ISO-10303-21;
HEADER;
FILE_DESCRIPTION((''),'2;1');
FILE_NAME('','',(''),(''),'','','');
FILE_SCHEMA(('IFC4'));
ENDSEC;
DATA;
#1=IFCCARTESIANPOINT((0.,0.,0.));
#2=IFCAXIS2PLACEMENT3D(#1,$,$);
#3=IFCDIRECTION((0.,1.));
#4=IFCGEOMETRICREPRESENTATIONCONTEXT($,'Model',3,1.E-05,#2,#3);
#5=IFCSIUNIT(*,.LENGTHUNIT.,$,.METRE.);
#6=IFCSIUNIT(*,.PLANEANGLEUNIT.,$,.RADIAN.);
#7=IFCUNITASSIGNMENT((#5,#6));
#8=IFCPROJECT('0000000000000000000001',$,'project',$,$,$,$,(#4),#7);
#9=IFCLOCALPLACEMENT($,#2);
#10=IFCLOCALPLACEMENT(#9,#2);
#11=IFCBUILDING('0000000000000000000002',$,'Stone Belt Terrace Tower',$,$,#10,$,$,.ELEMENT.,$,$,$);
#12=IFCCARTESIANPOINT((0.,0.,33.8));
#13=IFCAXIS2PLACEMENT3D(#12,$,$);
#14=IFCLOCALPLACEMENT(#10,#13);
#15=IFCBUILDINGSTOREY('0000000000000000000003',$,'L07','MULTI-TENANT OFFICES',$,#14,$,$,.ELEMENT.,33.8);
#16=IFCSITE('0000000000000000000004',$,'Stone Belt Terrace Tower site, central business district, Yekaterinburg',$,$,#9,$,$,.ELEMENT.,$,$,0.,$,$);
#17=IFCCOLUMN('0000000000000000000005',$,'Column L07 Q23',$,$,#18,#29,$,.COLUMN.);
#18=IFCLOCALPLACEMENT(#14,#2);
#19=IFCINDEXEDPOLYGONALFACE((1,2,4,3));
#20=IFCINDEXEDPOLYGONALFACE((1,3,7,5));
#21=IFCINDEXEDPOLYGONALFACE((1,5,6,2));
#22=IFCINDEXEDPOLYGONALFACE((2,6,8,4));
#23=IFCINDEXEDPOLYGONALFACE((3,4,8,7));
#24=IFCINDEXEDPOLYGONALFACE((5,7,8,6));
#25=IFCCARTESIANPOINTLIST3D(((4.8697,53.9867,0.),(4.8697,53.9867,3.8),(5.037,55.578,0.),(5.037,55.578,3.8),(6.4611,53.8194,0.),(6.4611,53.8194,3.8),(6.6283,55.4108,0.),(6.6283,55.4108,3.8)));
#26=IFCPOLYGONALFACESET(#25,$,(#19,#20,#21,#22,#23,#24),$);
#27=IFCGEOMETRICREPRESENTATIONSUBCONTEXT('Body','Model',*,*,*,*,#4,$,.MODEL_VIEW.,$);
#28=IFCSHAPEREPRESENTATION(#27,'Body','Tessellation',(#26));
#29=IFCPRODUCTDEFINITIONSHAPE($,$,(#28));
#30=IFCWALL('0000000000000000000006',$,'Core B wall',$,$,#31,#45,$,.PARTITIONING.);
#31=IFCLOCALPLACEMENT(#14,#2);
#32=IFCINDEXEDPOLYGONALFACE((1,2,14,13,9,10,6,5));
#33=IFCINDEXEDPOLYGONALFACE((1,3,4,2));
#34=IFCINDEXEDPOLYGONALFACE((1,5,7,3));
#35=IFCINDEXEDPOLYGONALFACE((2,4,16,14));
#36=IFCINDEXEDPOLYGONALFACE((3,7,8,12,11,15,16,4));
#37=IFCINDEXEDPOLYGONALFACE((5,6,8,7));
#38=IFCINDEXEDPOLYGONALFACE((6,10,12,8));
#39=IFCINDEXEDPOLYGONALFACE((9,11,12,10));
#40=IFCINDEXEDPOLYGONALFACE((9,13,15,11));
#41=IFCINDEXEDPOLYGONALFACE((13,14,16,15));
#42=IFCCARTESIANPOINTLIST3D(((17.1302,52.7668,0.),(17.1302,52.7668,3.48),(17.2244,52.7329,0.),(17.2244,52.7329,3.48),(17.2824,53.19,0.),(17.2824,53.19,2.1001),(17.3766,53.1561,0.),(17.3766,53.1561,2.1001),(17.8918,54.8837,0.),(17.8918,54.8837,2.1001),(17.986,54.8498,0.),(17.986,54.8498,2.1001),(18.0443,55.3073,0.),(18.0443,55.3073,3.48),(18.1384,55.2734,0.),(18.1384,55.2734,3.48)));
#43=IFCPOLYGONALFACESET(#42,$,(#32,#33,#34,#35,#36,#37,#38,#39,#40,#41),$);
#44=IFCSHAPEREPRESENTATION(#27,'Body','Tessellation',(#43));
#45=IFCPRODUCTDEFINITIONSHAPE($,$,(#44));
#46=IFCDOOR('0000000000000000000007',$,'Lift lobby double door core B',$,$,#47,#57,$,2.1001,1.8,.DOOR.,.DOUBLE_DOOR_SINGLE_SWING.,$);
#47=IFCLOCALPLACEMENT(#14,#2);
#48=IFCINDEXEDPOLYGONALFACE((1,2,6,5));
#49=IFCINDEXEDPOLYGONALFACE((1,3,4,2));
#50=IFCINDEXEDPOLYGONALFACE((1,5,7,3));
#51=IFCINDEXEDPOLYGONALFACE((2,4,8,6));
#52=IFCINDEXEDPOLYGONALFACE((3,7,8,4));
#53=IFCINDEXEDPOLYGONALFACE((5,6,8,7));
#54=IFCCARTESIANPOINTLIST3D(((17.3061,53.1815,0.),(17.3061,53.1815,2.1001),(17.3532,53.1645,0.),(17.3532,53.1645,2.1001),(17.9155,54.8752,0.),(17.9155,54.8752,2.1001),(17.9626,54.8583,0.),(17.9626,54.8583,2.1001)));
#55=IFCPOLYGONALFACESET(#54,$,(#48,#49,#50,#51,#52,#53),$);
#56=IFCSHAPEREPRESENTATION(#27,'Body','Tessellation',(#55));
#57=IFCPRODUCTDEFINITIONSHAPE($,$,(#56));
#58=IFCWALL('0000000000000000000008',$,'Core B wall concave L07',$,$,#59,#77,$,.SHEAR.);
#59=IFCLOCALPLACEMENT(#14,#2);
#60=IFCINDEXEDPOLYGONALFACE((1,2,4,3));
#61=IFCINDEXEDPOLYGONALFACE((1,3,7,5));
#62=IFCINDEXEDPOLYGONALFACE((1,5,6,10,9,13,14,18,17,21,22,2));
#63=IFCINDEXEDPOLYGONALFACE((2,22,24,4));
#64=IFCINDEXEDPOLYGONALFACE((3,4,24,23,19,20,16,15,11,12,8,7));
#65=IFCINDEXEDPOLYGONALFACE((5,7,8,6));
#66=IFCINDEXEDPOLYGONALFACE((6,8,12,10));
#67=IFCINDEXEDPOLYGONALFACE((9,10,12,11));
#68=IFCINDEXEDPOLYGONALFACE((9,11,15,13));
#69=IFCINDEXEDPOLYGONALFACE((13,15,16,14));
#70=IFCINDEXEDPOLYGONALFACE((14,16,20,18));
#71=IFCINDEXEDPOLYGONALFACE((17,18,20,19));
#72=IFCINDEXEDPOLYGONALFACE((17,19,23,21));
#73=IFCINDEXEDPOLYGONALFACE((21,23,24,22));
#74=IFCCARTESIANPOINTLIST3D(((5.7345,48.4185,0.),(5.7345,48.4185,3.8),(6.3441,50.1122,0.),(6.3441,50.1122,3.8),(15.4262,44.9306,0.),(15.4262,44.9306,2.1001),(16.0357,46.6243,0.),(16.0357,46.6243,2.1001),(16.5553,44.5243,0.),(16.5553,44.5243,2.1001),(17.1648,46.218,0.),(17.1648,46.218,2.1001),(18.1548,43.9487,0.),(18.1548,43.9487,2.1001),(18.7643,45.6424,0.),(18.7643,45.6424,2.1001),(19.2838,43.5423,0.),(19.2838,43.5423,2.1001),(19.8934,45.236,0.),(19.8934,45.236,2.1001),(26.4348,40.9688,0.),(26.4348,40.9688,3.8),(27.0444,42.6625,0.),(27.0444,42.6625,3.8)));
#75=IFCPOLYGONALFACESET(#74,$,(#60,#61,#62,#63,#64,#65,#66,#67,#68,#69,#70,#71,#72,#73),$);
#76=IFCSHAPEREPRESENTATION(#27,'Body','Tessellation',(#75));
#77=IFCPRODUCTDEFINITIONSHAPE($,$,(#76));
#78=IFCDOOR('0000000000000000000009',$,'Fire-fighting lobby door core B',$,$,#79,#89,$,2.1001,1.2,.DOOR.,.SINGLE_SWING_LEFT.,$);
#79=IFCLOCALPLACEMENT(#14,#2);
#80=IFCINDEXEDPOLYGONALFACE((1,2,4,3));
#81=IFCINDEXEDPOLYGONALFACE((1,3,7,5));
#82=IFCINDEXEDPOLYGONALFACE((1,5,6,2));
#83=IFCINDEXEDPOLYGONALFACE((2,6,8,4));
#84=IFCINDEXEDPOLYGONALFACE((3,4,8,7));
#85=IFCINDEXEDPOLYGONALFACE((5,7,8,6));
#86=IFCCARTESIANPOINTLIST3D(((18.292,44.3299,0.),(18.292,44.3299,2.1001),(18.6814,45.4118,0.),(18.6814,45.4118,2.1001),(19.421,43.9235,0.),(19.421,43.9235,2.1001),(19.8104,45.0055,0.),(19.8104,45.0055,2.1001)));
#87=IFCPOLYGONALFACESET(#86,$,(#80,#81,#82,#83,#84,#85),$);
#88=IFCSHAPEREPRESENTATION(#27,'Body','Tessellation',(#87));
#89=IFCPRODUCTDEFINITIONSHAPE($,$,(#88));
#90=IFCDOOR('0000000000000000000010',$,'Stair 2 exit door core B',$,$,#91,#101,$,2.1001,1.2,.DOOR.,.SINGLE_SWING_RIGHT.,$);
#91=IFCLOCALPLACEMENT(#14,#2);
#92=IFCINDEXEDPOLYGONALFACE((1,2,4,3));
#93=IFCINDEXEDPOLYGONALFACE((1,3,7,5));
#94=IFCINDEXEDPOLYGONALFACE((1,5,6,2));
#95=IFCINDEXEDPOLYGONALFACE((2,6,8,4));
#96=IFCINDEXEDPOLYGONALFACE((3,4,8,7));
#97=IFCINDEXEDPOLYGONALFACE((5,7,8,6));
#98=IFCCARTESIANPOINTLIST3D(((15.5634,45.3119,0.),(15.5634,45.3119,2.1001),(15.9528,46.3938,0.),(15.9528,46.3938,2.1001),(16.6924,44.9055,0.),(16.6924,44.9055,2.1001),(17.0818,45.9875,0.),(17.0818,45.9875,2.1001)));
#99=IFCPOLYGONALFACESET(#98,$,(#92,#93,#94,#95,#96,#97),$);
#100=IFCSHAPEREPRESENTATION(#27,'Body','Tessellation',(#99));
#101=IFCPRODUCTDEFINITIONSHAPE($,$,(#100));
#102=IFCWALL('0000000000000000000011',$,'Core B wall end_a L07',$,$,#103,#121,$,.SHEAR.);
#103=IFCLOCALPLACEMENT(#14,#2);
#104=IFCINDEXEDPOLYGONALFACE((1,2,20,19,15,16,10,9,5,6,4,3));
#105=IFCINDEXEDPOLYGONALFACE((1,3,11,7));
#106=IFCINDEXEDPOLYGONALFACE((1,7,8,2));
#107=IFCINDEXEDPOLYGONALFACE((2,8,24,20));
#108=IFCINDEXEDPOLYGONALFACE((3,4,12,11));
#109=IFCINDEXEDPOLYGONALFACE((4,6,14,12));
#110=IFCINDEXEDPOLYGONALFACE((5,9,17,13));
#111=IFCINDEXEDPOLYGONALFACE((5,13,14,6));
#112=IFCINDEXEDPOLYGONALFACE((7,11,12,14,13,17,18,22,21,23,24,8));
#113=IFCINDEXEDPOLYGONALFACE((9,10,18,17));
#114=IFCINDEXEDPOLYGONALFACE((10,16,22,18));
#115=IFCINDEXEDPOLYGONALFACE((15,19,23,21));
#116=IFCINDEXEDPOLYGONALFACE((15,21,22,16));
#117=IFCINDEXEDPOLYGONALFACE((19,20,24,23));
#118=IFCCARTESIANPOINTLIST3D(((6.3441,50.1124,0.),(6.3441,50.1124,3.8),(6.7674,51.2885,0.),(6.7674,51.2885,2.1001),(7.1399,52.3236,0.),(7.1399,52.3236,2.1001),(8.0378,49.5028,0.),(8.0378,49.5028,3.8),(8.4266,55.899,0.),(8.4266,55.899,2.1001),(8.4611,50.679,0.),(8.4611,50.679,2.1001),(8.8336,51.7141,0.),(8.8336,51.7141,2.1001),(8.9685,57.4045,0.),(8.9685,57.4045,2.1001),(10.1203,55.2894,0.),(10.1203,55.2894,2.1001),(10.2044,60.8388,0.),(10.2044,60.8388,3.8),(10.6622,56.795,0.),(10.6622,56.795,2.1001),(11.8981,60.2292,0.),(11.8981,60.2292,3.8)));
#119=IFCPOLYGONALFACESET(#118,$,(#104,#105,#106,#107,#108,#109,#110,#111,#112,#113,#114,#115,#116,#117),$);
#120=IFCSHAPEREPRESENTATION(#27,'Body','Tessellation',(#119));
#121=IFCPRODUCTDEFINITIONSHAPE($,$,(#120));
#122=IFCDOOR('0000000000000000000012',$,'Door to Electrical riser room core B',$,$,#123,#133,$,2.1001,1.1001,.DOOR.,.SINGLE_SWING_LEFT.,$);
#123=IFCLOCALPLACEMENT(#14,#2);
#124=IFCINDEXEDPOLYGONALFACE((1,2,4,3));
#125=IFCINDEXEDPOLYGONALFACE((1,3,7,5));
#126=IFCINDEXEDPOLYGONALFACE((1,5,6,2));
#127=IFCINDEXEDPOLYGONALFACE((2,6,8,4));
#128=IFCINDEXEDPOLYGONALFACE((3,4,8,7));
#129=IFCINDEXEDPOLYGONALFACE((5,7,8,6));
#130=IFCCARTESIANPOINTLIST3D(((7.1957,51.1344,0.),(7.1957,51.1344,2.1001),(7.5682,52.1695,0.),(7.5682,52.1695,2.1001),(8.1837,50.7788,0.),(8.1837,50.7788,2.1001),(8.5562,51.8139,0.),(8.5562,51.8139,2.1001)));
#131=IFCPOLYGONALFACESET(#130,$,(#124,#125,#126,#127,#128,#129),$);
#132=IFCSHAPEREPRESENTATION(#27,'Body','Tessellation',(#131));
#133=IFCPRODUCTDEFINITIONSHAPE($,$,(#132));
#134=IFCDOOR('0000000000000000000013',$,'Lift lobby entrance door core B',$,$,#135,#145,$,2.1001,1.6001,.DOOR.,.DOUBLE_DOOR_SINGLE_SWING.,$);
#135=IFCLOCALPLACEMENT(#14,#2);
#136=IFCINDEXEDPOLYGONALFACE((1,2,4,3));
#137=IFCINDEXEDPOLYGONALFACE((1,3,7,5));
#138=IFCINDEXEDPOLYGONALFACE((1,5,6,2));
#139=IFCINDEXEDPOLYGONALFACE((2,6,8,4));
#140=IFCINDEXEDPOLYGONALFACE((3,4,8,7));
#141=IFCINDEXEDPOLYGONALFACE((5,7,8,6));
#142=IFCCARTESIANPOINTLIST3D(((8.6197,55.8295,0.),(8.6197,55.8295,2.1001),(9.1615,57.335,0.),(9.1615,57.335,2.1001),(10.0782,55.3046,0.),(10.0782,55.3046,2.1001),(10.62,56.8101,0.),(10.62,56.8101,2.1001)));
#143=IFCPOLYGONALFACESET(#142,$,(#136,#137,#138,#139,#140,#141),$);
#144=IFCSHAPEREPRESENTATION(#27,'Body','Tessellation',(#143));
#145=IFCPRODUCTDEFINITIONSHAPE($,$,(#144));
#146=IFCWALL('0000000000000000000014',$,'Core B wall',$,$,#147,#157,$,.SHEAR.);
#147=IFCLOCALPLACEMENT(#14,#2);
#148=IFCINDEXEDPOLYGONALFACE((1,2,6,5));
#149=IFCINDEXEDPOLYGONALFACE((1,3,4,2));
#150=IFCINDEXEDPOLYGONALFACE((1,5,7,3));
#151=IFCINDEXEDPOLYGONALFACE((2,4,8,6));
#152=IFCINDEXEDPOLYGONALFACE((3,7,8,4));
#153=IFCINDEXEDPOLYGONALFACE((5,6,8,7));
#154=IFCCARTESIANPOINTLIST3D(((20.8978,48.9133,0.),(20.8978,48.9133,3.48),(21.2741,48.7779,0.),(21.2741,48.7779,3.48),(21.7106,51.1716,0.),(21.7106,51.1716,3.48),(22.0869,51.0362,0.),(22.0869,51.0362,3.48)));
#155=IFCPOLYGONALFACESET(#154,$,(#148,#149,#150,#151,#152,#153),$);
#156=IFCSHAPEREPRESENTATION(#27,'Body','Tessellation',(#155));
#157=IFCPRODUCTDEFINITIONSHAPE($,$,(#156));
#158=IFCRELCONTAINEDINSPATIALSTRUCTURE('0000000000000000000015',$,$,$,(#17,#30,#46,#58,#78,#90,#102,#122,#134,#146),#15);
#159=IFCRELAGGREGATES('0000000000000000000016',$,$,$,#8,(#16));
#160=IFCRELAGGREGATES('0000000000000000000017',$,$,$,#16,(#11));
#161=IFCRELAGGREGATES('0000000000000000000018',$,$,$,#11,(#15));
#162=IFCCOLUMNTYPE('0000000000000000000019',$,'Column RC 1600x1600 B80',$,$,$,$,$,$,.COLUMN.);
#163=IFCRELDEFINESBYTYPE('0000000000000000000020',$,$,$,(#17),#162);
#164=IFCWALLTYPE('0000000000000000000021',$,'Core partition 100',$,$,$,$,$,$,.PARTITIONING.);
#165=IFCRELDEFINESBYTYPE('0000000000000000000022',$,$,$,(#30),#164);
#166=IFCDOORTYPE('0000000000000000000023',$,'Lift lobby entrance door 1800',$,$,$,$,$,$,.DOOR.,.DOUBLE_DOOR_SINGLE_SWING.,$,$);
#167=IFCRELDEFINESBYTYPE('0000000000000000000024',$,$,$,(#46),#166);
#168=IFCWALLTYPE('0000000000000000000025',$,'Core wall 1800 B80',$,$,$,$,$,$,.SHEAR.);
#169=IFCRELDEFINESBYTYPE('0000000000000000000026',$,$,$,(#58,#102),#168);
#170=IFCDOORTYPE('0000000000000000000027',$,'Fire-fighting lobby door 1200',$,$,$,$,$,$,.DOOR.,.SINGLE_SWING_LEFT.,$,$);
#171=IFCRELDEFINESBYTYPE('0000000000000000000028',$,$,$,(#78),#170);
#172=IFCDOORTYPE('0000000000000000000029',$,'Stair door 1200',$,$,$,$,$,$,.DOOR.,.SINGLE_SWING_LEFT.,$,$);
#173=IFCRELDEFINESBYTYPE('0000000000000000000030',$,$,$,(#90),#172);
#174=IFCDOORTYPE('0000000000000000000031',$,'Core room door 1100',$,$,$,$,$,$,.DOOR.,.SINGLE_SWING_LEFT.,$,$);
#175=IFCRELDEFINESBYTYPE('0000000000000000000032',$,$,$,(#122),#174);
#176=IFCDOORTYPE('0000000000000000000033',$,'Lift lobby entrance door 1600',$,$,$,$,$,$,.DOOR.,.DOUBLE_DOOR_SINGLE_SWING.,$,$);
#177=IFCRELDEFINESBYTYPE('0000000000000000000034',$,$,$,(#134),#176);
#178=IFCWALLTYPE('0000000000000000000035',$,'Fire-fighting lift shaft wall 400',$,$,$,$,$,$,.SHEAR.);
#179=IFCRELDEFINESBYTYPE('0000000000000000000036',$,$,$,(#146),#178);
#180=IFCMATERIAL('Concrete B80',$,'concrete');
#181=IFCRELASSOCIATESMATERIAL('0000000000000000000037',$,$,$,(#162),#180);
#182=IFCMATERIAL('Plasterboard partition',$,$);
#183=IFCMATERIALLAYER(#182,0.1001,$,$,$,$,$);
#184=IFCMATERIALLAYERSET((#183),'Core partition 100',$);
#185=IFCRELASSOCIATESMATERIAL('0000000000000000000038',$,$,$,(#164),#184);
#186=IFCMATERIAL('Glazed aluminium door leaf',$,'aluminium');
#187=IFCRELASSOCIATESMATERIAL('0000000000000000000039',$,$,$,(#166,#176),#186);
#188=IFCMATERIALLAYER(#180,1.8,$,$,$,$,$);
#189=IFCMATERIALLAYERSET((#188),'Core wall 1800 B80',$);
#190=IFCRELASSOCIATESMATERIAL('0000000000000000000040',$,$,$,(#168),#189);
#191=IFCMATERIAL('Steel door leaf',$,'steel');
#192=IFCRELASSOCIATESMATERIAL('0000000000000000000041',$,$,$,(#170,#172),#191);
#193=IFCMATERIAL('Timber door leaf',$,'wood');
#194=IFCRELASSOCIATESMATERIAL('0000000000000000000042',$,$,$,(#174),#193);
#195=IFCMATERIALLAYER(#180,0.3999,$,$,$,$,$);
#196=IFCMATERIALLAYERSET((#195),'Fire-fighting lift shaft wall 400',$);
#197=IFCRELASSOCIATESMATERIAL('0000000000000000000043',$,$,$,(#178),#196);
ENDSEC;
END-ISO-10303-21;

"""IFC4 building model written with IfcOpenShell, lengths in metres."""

from ifc_helpers import new_model, si_unit, direction, frame, frame_2d, origin, origin_2d, place, context, subcontext, project, spatial, rectangle, extrude, material, layer, layer_set, material_profile, profile_set, type_object, element, fill, save


model = new_model("IFC4")

# Units and contexts
model_context = context("Model", 3, precision=1e-05, world=origin(), true_north=direction((0.0, 1.0)))
body_context = subcontext(model_context, "Body", "Model", "MODEL_VIEW")
ifc_project = project(units=[si_unit("LENGTHUNIT", "METRE"), si_unit("PLANEANGLEUNIT", "RADIAN")], contexts=[model_context])

# Site, building, storey
site_placement = place(None, origin())
site = spatial("IfcSite", under=ifc_project, at=site_placement, Name="Stone Belt Terrace Tower site, central business district, Yekaterinburg", CompositionType="ELEMENT", RefElevation=0.0)
building_placement = place(site_placement, origin())
building = spatial("IfcBuilding", under=site, at=building_placement, Name="Stone Belt Terrace Tower", CompositionType="ELEMENT")
storey_placement = place(building_placement, frame((0.0, 0.0, 33.8)))
storey = spatial("IfcBuildingStorey", under=building, at=storey_placement, Name="L07", Description="MULTI-TENANT OFFICES", CompositionType="ELEMENT", Elevation=33.8)

# Column
ifc_material_1 = material(Name="Concrete B80", Category="concrete")
ifc_material_profile = material_profile(ifc_material_1, rectangle(XDim=1.6001, YDim=1.6001, at=origin_2d()), Name="RC 1600x1600")
ifc_profile_set = profile_set([ifc_material_profile], Name="Concrete B80")
column_type = type_object("IfcColumnType", Name="Column RC 1600x1600 B80", PredefinedType="COLUMN", material=ifc_profile_set)
column_placement = place(storey_placement, frame((5.749, 54.6987, 0.0), z_axis=(0.0, 0.0, 1.0), x_axis=(0.994522, -0.104528, 0.0)))
element("IfcColumn", 1, at=column_placement, inside=storey, type_object=column_type, Name="Column L07 Q23", PredefinedType="COLUMN", context=body_context, shape_type="SweptSolid", body=[
    extrude(rectangle(XDim=1.6001, YDim=1.6001, at=origin_2d()), origin(), (0.0, 0.0, 1.0), 3.8),
])

# Wall, opening, door
ifc_material_2 = material(Name="Plasterboard partition")
ifc_layer_1 = layer(ifc_material_2, 0.1001)
ifc_layer_set_1 = layer_set([ifc_layer_1], Name="Core partition 100")
wall_type_1 = type_object("IfcWallType", Name="Core partition 100", PredefinedType="PARTITIONING", material=ifc_layer_set_1)
wall_1_placement = place(storey_placement, frame((17.1772, 52.7498, 0.0), z_axis=(0.0, 0.0, 1.0), x_axis=(0.338547, 0.94095, 0.0)))
wall_1 = element("IfcWall", 2, at=wall_1_placement, inside=storey, type_object=wall_type_1, Name="Core B wall", PredefinedType="PARTITIONING", context=body_context, shape_type="SweptSolid", body=[
    extrude(rectangle(XDim=2.7, YDim=0.1001, at=frame_2d((1.3501, 0.0))), origin(), (0.0, 0.0, 1.0), 3.48),
])
opening_1_placement = place(wall_1_placement, frame((0.45, 0.0, 0.0)))
opening_1 = element("IfcOpeningElement", 3, at=opening_1_placement, cuts=wall_1, PredefinedType="OPENING", context=body_context, shape_type="SweptSolid", body=[
    extrude(rectangle(XDim=1.8, YDim=2.1001, at=frame_2d((0.8999, 1.05))), frame((0.0, 0.0601, 0.0), z_axis=(0.0, -1.0, 0.0), x_axis=(1.0, 0.0, 0.0)), (0.0, 0.0, 1.0), 0.1201),
])
ifc_material_3 = material(Name="Glazed aluminium door leaf", Category="aluminium")
door_type_1 = type_object("IfcDoorType", Name="Lift lobby entrance door 1800", OperationType="DOUBLE_DOOR_SINGLE_SWING", PredefinedType="DOOR", material=ifc_material_3)
door_1_placement = place(opening_1_placement, origin())
door_1 = element("IfcDoor", 4, at=door_1_placement, inside=storey, type_object=door_type_1, Name="Lift lobby double door core B", OperationType="DOUBLE_DOOR_SINGLE_SWING", OverallHeight=2.1001, OverallWidth=1.8, PredefinedType="DOOR", context=body_context, shape_type="SweptSolid", body=[
    extrude(rectangle(XDim=1.8, YDim=2.1001, at=frame_2d((0.8999, 1.05))), frame((0.0, 0.0249, 0.0), z_axis=(0.0, -1.0, 0.0), x_axis=(1.0, 0.0, 0.0)), (0.0, 0.0, 1.0), 0.05),
])
fill(opening_1, door_1)

# Walls, openings, doors
ifc_layer_2 = layer(ifc_material_1, 1.8)
ifc_layer_set_2 = layer_set([ifc_layer_2], Name="Core wall 1800 B80")
wall_type_2 = type_object("IfcWallType", Name="Core wall 1800 B80", PredefinedType="SHEAR", material=ifc_layer_set_2)
wall_2_placement = place(storey_placement, frame((6.0393, 49.2654, 0.0), z_axis=(0.0, 0.0, 1.0), x_axis=(0.940922, -0.338624, 0.0)))
wall_2 = element("IfcWall", 5, at=wall_2_placement, inside=storey, type_object=wall_type_2, Name="Core B wall concave L07", PredefinedType="SHEAR", context=body_context, shape_type="SweptSolid", body=[
    extrude(rectangle(XDim=22.0, YDim=1.8, at=frame_2d((11.0, 0.0))), origin(), (0.0, 0.0, 1.0), 3.8),
])
opening_2_placement = place(wall_2_placement, frame((13.2, 0.0, 0.0)))
opening_2 = element("IfcOpeningElement", 6, at=opening_2_placement, cuts=wall_2, PredefinedType="OPENING", context=body_context, shape_type="SweptSolid", body=[
    extrude(rectangle(XDim=1.2, YDim=2.1001, at=frame_2d((0.6001, 1.05))), frame((0.0, 0.9099, 0.0), z_axis=(0.0, -1.0, 0.0), x_axis=(1.0, 0.0, 0.0)), (0.0, 0.0, 1.0), 1.8201),
])
opening_3_placement = place(wall_2_placement, frame((10.3, 0.0, 0.0)))
opening_3 = element("IfcOpeningElement", 7, at=opening_3_placement, cuts=wall_2, PredefinedType="OPENING", context=body_context, shape_type="SweptSolid", body=[
    extrude(rectangle(XDim=1.2, YDim=2.1001, at=frame_2d((0.6001, 1.05))), frame((0.0, 0.9099, 0.0), z_axis=(0.0, -1.0, 0.0), x_axis=(1.0, 0.0, 0.0)), (0.0, 0.0, 1.0), 1.8201),
])
ifc_material_4 = material(Name="Steel door leaf", Category="steel")
door_type_2 = type_object("IfcDoorType", Name="Fire-fighting lobby door 1200", OperationType="SINGLE_SWING_LEFT", PredefinedType="DOOR", material=ifc_material_4)
door_2_placement = place(opening_2_placement, origin())
door_2 = element("IfcDoor", 8, at=door_2_placement, inside=storey, type_object=door_type_2, Name="Fire-fighting lobby door core B", OperationType="SINGLE_SWING_LEFT", OverallHeight=2.1001, OverallWidth=1.2, PredefinedType="DOOR", context=body_context, shape_type="SweptSolid", body=[
    extrude(rectangle(XDim=1.2, YDim=2.1001, at=frame_2d((0.6001, 1.05))), frame((0.0, 0.655, 0.0), z_axis=(0.0, -1.0, 0.0), x_axis=(1.0, 0.0, 0.0)), (0.0, 0.0, 1.0), 1.1499),
])
fill(opening_2, door_2)
door_type_3 = type_object("IfcDoorType", Name="Stair door 1200", OperationType="SINGLE_SWING_LEFT", PredefinedType="DOOR", material=ifc_material_4)
door_3_placement = place(opening_3_placement, origin())
door_3 = element("IfcDoor", 9, at=door_3_placement, inside=storey, type_object=door_type_3, Name="Stair 2 exit door core B", OperationType="SINGLE_SWING_RIGHT", OverallHeight=2.1001, OverallWidth=1.2, PredefinedType="DOOR", context=body_context, shape_type="SweptSolid", body=[
    extrude(rectangle(XDim=1.2, YDim=2.1001, at=frame_2d((0.6001, 1.05))), frame((0.0, 0.655, 0.0), z_axis=(0.0, -1.0, 0.0), x_axis=(1.0, 0.0, 0.0)), (0.0, 0.0, 1.0), 1.1499),
])
fill(opening_3, door_3)
wall_3_placement = place(storey_placement, frame((7.1909, 49.8076, 0.0), z_axis=(0.0, 0.0, 1.0), x_axis=(0.338632, 0.940919, 0.0)))
wall_3 = element("IfcWall", 10, at=wall_3_placement, inside=storey, type_object=wall_type_2, Name="Core B wall end_a L07", PredefinedType="SHEAR", context=body_context, shape_type="SweptSolid", body=[
    extrude(rectangle(XDim=11.3999, YDim=1.8, at=frame_2d((5.7, 0.0))), origin(), (0.0, 0.0, 1.0), 3.8),
])
opening_4_placement = place(wall_3_placement, frame((6.1499, 0.0, 0.0)))
opening_4 = element("IfcOpeningElement", 11, at=opening_4_placement, cuts=wall_3, PredefinedType="OPENING", context=body_context, shape_type="SweptSolid", body=[
    extrude(rectangle(XDim=1.6001, YDim=2.1001, at=frame_2d((0.8, 1.05))), frame((0.0, 0.9099, 0.0), z_axis=(0.0, -1.0, 0.0), x_axis=(1.0, 0.0, 0.0)), (0.0, 0.0, 1.0), 1.8201),
])
opening_5_placement = place(wall_3_placement, frame((1.25, 0.0, 0.0)))
opening_5 = element("IfcOpeningElement", 12, at=opening_5_placement, cuts=wall_3, PredefinedType="OPENING", context=body_context, shape_type="SweptSolid", body=[
    extrude(rectangle(XDim=1.1001, YDim=2.1001, at=frame_2d((0.55, 1.05))), frame((0.0, 0.9099, 0.0), z_axis=(0.0, -1.0, 0.0), x_axis=(1.0, 0.0, 0.0)), (0.0, 0.0, 1.0), 1.8201),
])
ifc_material_5 = material(Name="Timber door leaf", Category="wood")
door_type_4 = type_object("IfcDoorType", Name="Core room door 1100", OperationType="SINGLE_SWING_LEFT", PredefinedType="DOOR", material=ifc_material_5)
door_4_placement = place(opening_5_placement, origin())
door_4 = element("IfcDoor", 13, at=door_4_placement, inside=storey, type_object=door_type_4, Name="Door to Electrical riser room core B", OperationType="SINGLE_SWING_LEFT", OverallHeight=2.1001, OverallWidth=1.1001, PredefinedType="DOOR", context=body_context, shape_type="SweptSolid", body=[
    extrude(rectangle(XDim=1.1001, YDim=2.1001, at=frame_2d((0.55, 1.05))), frame((0.0, 0.4448, 0.0), z_axis=(0.0, -1.0, 0.0), x_axis=(1.0, 0.0, 0.0)), (0.0, 0.0, 1.0), 1.05),
])
fill(opening_5, door_4)
door_type_5 = type_object("IfcDoorType", Name="Lift lobby entrance door 1600", OperationType="DOUBLE_DOOR_SINGLE_SWING", PredefinedType="DOOR", material=ifc_material_3)
door_5_placement = place(opening_4_placement, origin())
door_5 = element("IfcDoor", 14, at=door_5_placement, inside=storey, type_object=door_type_5, Name="Lift lobby entrance door core B", OperationType="DOUBLE_DOOR_SINGLE_SWING", OverallHeight=2.1001, OverallWidth=1.6001, PredefinedType="DOOR", context=body_context, shape_type="SweptSolid", body=[
    extrude(rectangle(XDim=1.6001, YDim=2.1001, at=frame_2d((0.8, 1.05))), frame((0.0, 0.6948, 0.0), z_axis=(0.0, -1.0, 0.0), x_axis=(1.0, 0.0, 0.0)), (0.0, 0.0, 1.0), 1.55),
])
fill(opening_4, door_5)

# Wall
ifc_layer_3 = layer(ifc_material_1, 0.3999)
ifc_layer_set_3 = layer_set([ifc_layer_3], Name="Fire-fighting lift shaft wall 400")
wall_type_3 = type_object("IfcWallType", Name="Fire-fighting lift shaft wall 400", PredefinedType="SHEAR", material=ifc_layer_set_3)
wall_4_placement = place(storey_placement, frame((21.0859, 48.8455, 0.0), z_axis=(0.0, 0.0, 1.0), x_axis=(0.338629, 0.94092, 0.0)))
element("IfcWall", 15, at=wall_4_placement, inside=storey, type_object=wall_type_3, Name="Core B wall", PredefinedType="SHEAR", context=body_context, shape_type="SweptSolid", body=[
    extrude(rectangle(XDim=2.4001, YDim=0.3999, at=frame_2d((1.2002, 0.0))), origin(), (0.0, 0.0, 1.0), 3.48),
])

save(model, "model.ifc")
